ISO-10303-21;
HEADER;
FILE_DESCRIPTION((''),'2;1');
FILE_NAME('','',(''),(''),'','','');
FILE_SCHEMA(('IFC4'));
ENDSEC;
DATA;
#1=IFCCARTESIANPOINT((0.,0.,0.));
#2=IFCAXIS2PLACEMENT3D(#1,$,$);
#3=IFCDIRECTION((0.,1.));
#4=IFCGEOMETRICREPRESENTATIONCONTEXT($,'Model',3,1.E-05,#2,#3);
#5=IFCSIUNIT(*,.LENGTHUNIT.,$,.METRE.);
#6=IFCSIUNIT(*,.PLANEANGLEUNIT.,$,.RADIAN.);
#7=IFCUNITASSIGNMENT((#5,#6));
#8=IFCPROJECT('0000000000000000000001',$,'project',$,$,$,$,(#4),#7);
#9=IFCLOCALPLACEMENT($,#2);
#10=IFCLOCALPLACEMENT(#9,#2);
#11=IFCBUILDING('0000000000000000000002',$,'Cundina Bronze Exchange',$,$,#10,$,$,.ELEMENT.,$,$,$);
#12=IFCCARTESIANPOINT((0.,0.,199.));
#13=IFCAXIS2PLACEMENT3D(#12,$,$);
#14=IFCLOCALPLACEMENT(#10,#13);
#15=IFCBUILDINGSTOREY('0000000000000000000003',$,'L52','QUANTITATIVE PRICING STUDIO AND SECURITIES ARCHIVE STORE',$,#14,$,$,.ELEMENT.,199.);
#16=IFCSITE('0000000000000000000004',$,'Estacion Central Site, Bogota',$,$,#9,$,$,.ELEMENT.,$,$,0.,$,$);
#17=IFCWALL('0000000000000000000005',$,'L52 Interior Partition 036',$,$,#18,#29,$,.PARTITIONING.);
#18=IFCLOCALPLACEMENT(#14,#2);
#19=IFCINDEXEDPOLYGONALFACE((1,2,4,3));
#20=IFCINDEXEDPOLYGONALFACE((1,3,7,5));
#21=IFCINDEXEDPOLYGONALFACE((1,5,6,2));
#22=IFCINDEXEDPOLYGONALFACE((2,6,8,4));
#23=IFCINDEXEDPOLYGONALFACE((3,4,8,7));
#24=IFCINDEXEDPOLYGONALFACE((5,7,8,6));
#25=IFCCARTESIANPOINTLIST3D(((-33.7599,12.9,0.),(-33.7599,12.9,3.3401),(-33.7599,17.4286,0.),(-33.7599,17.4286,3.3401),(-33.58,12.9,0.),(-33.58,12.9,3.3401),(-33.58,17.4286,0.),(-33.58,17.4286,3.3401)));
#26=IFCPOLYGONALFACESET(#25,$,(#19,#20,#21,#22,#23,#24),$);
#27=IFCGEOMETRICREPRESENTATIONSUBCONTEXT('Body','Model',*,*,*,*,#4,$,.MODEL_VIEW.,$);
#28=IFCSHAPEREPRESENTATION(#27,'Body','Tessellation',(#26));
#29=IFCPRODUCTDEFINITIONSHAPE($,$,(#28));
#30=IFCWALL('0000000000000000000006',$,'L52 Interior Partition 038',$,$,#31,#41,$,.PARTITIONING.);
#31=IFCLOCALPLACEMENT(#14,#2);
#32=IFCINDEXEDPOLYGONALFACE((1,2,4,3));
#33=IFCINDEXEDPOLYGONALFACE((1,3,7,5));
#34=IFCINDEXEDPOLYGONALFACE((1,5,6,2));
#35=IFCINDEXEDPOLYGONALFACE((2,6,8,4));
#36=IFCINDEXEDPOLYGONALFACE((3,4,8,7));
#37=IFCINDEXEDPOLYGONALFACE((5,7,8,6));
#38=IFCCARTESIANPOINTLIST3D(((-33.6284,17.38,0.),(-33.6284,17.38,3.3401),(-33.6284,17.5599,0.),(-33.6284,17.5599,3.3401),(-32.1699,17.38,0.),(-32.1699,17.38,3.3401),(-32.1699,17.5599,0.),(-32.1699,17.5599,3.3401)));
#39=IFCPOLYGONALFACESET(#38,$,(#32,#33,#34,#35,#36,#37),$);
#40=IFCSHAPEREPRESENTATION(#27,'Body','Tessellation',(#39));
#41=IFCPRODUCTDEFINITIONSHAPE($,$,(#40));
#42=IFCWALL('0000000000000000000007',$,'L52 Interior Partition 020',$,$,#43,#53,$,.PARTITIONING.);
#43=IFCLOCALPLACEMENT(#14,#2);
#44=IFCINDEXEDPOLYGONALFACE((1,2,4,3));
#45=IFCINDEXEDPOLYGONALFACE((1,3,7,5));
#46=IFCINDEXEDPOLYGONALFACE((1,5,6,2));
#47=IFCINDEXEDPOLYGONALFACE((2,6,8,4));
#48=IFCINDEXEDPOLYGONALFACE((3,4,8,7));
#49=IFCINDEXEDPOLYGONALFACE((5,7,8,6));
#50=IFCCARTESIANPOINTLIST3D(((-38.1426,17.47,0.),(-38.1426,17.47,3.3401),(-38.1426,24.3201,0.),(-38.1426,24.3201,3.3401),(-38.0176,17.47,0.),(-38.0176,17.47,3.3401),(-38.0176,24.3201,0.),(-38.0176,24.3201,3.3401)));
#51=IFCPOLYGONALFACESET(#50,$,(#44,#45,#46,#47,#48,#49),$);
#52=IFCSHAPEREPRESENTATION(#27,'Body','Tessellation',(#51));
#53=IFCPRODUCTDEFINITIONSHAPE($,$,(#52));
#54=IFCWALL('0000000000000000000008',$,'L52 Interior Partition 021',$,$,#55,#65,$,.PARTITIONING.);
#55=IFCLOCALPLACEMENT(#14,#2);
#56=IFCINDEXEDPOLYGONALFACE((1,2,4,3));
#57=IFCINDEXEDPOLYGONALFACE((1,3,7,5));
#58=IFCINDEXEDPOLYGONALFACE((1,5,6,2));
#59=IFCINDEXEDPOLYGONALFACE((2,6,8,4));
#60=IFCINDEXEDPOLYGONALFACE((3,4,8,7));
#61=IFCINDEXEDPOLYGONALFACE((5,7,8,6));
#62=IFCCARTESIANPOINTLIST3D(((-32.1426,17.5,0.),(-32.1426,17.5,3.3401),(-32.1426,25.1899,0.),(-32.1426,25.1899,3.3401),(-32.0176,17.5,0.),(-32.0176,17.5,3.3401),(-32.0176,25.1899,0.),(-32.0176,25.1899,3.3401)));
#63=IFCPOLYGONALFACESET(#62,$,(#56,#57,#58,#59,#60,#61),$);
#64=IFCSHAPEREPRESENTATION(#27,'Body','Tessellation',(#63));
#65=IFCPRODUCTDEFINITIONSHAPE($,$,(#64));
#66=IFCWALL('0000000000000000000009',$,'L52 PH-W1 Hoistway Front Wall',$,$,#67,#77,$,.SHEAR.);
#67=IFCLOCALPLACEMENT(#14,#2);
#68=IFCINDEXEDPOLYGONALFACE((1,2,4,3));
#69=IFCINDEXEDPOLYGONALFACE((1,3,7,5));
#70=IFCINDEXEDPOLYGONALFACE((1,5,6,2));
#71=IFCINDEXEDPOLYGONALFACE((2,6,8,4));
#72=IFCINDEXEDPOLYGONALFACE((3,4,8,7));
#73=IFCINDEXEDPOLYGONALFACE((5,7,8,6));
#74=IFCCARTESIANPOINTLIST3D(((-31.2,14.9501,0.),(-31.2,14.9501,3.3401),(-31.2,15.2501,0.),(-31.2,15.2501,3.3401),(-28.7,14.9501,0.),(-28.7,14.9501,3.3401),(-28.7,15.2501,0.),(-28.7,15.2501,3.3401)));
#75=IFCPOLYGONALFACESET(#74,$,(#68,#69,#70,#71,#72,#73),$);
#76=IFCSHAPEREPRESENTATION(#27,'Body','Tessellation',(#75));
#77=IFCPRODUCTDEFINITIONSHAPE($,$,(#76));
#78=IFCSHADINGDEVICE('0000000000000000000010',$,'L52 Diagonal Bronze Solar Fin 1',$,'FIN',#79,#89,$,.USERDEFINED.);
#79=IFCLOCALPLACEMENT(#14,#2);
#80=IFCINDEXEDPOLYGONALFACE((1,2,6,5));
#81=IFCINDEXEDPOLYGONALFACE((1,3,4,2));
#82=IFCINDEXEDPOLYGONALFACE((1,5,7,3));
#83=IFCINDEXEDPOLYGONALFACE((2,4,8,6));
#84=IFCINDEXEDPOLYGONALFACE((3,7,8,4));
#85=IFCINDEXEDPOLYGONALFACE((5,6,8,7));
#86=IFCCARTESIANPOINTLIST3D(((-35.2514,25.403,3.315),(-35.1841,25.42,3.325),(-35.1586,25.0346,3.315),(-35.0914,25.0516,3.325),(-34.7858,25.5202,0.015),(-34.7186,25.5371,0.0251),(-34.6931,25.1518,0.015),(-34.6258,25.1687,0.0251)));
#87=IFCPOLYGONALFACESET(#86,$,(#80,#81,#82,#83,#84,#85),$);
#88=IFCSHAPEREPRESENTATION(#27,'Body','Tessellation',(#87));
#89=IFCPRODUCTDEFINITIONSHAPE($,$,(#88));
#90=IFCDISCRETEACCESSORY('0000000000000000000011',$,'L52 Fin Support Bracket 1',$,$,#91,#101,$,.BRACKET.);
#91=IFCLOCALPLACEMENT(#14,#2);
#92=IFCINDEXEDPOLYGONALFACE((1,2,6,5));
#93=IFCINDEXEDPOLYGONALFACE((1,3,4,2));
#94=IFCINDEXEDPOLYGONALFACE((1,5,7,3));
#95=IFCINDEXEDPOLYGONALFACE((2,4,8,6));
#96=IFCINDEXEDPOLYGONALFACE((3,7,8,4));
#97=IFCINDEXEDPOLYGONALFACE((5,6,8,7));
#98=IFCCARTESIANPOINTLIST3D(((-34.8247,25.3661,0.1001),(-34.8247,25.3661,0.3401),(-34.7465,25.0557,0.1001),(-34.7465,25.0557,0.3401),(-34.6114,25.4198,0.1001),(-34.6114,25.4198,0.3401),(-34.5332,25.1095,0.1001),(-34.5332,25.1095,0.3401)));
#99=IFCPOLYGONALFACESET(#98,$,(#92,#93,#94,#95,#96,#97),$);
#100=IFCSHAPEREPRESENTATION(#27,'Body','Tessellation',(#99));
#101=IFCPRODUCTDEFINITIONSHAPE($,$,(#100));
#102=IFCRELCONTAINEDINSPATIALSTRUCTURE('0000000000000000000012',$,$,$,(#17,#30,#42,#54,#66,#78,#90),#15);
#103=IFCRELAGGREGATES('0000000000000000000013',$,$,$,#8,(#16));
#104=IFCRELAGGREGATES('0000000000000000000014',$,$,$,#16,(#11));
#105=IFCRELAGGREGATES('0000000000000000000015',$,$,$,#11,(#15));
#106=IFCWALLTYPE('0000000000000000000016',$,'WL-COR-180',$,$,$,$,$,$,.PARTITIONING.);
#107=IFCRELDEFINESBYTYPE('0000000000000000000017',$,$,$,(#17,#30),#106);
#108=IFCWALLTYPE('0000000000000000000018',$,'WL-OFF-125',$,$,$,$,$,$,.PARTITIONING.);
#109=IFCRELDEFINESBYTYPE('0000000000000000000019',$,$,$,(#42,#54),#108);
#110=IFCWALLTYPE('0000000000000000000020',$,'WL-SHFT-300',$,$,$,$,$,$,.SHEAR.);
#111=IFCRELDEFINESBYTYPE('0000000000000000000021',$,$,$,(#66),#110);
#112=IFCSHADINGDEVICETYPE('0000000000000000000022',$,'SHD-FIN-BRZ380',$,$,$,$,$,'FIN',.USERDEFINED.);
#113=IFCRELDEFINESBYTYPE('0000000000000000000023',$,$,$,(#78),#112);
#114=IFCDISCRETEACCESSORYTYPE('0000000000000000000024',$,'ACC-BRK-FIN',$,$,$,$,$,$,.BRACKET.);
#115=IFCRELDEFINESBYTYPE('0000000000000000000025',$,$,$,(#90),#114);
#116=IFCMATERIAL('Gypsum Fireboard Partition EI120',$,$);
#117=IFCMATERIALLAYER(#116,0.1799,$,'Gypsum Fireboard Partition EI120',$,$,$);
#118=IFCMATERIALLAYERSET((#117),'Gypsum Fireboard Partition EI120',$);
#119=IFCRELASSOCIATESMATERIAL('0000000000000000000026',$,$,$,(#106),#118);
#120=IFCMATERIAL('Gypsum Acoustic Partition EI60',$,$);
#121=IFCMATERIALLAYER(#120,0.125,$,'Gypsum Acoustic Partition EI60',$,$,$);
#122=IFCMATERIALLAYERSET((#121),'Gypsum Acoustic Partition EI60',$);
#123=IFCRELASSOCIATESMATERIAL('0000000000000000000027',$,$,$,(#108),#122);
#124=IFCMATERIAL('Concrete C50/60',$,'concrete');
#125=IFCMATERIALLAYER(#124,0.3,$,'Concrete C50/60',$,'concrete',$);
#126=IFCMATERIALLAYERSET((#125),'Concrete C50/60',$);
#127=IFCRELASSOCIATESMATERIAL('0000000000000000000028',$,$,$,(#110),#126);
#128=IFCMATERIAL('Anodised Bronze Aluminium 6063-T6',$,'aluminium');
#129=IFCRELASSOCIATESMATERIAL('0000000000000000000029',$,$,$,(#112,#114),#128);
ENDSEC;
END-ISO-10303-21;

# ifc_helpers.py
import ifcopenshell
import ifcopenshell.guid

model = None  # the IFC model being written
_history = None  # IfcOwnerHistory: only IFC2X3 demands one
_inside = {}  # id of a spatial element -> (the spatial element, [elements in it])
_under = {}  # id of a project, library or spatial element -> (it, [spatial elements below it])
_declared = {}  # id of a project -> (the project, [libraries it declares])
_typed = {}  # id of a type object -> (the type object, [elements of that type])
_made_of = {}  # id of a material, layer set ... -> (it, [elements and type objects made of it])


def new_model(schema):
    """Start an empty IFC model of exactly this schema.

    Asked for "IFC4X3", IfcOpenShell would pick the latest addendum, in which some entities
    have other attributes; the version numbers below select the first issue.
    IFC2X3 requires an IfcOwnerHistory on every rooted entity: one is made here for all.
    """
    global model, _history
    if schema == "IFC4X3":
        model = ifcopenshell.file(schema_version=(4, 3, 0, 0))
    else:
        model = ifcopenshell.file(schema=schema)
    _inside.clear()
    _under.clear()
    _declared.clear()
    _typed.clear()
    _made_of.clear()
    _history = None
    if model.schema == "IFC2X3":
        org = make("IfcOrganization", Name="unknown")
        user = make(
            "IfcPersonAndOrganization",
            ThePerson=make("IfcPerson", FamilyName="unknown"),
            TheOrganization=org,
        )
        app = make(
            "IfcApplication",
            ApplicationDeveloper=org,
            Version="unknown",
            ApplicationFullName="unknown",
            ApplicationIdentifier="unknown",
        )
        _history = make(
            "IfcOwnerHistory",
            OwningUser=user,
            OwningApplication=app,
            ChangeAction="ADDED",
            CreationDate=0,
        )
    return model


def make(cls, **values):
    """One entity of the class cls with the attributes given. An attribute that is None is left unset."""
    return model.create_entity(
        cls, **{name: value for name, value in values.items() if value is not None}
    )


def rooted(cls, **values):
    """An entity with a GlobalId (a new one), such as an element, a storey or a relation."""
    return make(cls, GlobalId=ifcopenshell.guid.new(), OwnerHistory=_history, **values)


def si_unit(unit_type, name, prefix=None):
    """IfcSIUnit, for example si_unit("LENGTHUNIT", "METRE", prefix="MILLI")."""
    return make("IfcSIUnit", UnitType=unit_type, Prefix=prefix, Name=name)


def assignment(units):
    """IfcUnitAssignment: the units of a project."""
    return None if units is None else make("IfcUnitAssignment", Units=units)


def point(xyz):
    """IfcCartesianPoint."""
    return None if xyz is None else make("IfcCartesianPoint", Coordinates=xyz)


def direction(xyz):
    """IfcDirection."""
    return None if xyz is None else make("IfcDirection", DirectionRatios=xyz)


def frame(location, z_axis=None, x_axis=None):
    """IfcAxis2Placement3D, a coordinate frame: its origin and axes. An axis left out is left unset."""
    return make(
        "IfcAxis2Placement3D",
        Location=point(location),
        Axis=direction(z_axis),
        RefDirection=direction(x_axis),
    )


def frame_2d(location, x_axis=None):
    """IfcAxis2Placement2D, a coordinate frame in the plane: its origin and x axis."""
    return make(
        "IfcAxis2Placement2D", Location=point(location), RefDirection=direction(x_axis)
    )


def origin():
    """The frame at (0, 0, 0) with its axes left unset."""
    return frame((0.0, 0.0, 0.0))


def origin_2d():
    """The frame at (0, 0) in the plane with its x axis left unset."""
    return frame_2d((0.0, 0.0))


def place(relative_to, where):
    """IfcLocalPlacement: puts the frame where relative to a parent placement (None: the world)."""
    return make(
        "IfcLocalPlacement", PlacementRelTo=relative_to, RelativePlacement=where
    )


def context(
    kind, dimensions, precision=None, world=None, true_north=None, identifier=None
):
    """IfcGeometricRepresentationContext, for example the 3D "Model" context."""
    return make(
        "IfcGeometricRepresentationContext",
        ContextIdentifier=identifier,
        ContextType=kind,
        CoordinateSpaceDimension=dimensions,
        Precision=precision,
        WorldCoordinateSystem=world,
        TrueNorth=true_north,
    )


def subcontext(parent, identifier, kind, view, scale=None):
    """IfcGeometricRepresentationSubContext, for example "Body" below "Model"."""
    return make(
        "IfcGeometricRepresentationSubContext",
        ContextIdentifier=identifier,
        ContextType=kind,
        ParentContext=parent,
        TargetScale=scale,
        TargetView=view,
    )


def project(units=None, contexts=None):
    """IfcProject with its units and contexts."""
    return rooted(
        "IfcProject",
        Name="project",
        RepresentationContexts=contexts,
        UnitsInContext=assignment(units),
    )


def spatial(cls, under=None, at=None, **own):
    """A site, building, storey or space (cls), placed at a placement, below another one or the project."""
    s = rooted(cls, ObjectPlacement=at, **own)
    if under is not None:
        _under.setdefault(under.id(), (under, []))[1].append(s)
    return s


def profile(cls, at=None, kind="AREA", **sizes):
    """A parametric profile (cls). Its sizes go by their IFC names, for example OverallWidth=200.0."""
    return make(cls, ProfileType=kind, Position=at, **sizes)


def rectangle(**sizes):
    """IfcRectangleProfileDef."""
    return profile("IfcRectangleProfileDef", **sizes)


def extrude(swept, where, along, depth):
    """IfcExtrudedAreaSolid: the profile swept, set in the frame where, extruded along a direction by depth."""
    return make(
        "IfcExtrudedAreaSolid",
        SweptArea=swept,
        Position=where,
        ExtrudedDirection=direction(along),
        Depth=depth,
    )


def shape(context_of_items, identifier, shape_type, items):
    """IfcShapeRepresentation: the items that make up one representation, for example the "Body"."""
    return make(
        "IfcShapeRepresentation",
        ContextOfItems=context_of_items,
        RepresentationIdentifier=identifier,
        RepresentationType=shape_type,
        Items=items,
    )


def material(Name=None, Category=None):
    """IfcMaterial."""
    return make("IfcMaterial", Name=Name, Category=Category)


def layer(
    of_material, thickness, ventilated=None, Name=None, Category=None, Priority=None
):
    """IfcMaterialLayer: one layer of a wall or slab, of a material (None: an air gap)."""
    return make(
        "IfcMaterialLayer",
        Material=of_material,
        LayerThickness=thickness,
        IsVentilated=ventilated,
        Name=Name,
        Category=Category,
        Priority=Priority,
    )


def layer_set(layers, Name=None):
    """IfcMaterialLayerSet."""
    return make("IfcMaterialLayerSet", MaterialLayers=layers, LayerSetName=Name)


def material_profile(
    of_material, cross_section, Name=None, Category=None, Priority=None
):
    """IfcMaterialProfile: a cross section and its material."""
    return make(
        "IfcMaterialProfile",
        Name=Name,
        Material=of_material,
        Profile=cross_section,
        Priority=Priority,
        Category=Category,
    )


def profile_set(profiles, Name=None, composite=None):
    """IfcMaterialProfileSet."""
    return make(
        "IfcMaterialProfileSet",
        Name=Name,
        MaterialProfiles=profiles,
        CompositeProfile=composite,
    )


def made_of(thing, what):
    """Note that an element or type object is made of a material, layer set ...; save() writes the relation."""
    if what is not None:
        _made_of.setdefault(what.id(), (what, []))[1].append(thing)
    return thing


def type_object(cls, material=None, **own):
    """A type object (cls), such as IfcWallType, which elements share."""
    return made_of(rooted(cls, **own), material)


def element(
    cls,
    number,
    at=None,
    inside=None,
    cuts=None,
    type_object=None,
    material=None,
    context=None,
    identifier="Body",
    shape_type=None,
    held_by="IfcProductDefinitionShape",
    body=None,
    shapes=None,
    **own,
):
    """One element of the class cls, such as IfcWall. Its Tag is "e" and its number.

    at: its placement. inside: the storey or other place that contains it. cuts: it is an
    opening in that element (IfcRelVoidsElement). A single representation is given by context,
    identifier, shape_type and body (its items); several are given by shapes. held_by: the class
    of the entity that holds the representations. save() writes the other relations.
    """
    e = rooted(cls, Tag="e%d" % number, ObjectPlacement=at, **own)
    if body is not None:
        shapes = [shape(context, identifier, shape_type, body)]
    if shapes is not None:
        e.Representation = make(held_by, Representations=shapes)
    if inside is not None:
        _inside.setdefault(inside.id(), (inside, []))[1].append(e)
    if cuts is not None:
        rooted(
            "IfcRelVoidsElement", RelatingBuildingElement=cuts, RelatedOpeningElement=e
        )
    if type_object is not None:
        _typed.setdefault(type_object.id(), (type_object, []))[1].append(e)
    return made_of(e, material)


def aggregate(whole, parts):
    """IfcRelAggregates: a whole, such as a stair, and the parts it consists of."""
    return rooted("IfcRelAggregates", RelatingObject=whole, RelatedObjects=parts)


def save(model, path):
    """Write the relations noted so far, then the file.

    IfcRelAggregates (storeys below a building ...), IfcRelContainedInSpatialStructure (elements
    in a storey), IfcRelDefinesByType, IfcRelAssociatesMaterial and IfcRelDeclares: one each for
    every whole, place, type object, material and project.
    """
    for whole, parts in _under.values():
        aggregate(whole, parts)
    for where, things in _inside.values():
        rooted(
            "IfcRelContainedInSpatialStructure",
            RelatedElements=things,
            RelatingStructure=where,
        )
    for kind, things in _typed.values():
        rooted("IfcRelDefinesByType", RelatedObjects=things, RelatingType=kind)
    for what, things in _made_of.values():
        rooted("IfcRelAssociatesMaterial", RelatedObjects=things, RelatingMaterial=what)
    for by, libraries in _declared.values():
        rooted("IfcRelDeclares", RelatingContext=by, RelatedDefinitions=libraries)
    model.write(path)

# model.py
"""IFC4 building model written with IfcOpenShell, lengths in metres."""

from ifc_helpers import new_model, si_unit, direction, frame, frame_2d, origin, origin_2d, place, context, subcontext, project, spatial, rectangle, extrude, material, layer, layer_set, material_profile, profile_set, type_object, element, save


model = new_model("IFC4")

# Units and contexts
model_context = context("Model", 3, precision=1e-05, world=origin(), true_north=direction((0.0, 1.0)))
body_context = subcontext(model_context, "Body", "Model", "MODEL_VIEW")
ifc_project = project(units=[si_unit("LENGTHUNIT", "METRE"), si_unit("PLANEANGLEUNIT", "RADIAN")], contexts=[model_context])

# Site, building, storey
site_placement = place(None, origin())
site = spatial("IfcSite", under=ifc_project, at=site_placement, Name="Estacion Central Site, Bogota", CompositionType="ELEMENT", RefElevation=0.0)
building_placement = place(site_placement, origin())
building = spatial("IfcBuilding", under=site, at=building_placement, Name="Cundina Bronze Exchange", CompositionType="ELEMENT")
storey_placement = place(building_placement, frame((0.0, 0.0, 199.0)))
storey = spatial("IfcBuildingStorey", under=building, at=storey_placement, Name="L52", Description="QUANTITATIVE PRICING STUDIO AND SECURITIES ARCHIVE STORE", CompositionType="ELEMENT", Elevation=199.0)

# Shared definitions
ifc_material_1 = material(Name="Concrete C50/60", Category="concrete")

# Shared definitions
ifc_material_2 = material(Name="Anodised Bronze Aluminium 6063-T6", Category="aluminium")

# Walls
ifc_material_3 = material(Name="Gypsum Fireboard Partition EI120")
ifc_layer_1 = layer(ifc_material_3, 0.1799, Name="Gypsum Fireboard Partition EI120")
ifc_layer_set_1 = layer_set([ifc_layer_1], Name="Gypsum Fireboard Partition EI120")
wall_type_1 = type_object("IfcWallType", Name="WL-COR-180", PredefinedType="PARTITIONING", material=ifc_layer_set_1)
wall_1_placement = place(storey_placement, frame((-33.6699, 17.4285, 0.0), z_axis=(0.0, 0.0, 1.0), x_axis=(0.0, -1.0, 0.0)))
element("IfcWall", 1, at=wall_1_placement, inside=storey, type_object=wall_type_1, Name="L52 Interior Partition 036", PredefinedType="PARTITIONING", context=body_context, shape_type="SweptSolid", body=[
    extrude(rectangle(XDim=4.5286, YDim=0.1799, at=frame_2d((2.2642, 0.0))), origin(), (0.0, 0.0, 1.0), 3.3401),
])
wall_2_placement = place(storey_placement, frame((-32.1699, 17.47, 0.0), z_axis=(0.0, 0.0, 1.0), x_axis=(-1.0, 0.0, 0.0)))
element("IfcWall", 2, at=wall_2_placement, inside=storey, type_object=wall_type_1, Name="L52 Interior Partition 038", PredefinedType="PARTITIONING", context=body_context, shape_type="SweptSolid", body=[
    extrude(rectangle(XDim=1.4585, YDim=0.1799, at=frame_2d((0.7292, 0.0))), origin(), (0.0, 0.0, 1.0), 3.3401),
])
ifc_material_4 = material(Name="Gypsum Acoustic Partition EI60")
ifc_layer_2 = layer(ifc_material_4, 0.125, Name="Gypsum Acoustic Partition EI60")
ifc_layer_set_2 = layer_set([ifc_layer_2], Name="Gypsum Acoustic Partition EI60")
wall_type_2 = type_object("IfcWallType", Name="WL-OFF-125", PredefinedType="PARTITIONING", material=ifc_layer_set_2)
wall_3_placement = place(storey_placement, frame((-38.0801, 17.47, 0.0), z_axis=(0.0, 0.0, 1.0), x_axis=(0.0, 1.0, 0.0)))
element("IfcWall", 3, at=wall_3_placement, inside=storey, type_object=wall_type_2, Name="L52 Interior Partition 020", PredefinedType="PARTITIONING", context=body_context, shape_type="SweptSolid", body=[
    extrude(rectangle(XDim=6.8501, YDim=0.125, at=frame_2d((3.425, 0.0))), origin(), (0.0, 0.0, 1.0), 3.3401),
])
wall_4_placement = place(storey_placement, frame((-32.0801, 17.5, 0.0), z_axis=(0.0, 0.0, 1.0), x_axis=(0.0, 1.0, 0.0)))
element("IfcWall", 4, at=wall_4_placement, inside=storey, type_object=wall_type_2, Name="L52 Interior Partition 021", PredefinedType="PARTITIONING", context=body_context, shape_type="SweptSolid", body=[
    extrude(rectangle(XDim=7.6899, YDim=0.125, at=frame_2d((3.845, 0.0))), origin(), (0.0, 0.0, 1.0), 3.3401),
])
ifc_layer_3 = layer(ifc_material_1, 0.3, Name="Concrete C50/60", Category="concrete")
ifc_layer_set_3 = layer_set([ifc_layer_3], Name="Concrete C50/60")
wall_type_3 = type_object("IfcWallType", Name="WL-SHFT-300", PredefinedType="SHEAR", material=ifc_layer_set_3)
wall_5_placement = place(storey_placement, frame((-31.2, 15.1001, 0.0), z_axis=(0.0, 0.0, 1.0), x_axis=(1.0, 0.0, 0.0)))
element("IfcWall", 5, at=wall_5_placement, inside=storey, type_object=wall_type_3, Name="L52 PH-W1 Hoistway Front Wall", PredefinedType="SHEAR", context=body_context, shape_type="SweptSolid", body=[
    extrude(rectangle(XDim=2.5, YDim=0.3, at=frame_2d((1.25, 0.0))), origin(), (0.0, 0.0, 1.0), 3.3401),
])

# Shading device
ifc_material_profile_1 = material_profile(ifc_material_2, rectangle(XDim=0.0701, YDim=0.3799, at=origin_2d()), Name="FIN70X380", Category="aluminium")
ifc_profile_set_1 = profile_set([ifc_material_profile_1], Name="Anodised Bronze Aluminium 6063-T6")
shading_device_type = type_object("IfcShadingDeviceType", Name="SHD-FIN-BRZ380", ElementType="FIN", PredefinedType="USERDEFINED", material=ifc_profile_set_1)
shading_device_placement = place(storey_placement, frame((-34.7058, 25.3445, 0.02), z_axis=(-0.139612, -0.035141, 0.989583), x_axis=(0.95965, 0.241548, 0.143967)))
element("IfcShadingDevice", 6, at=shading_device_placement, inside=storey, type_object=shading_device_type, Name="L52 Diagonal Bronze Solar Fin 1", ObjectType="FIN", PredefinedType="USERDEFINED", context=body_context, shape_type="SweptSolid", body=[
    extrude(rectangle(XDim=0.0701, YDim=0.3799, at=origin_2d()), origin(), (0.0, 0.0, 1.0), 3.3347),
])

# Discrete accessory
discrete_accessory_type = type_object("IfcDiscreteAccessoryType", Name="ACC-BRK-FIN", PredefinedType="BRACKET", material=ifc_material_2)
discrete_accessory_placement = place(storey_placement, frame((-34.679, 25.2378, 0.1001), z_axis=(0.0, 0.0, 1.0), x_axis=(-0.969732, -0.244174, 0.0)))
element("IfcDiscreteAccessory", 7, at=discrete_accessory_placement, inside=storey, type_object=discrete_accessory_type, Name="L52 Fin Support Bracket 1", PredefinedType="BRACKET", context=body_context, shape_type="SweptSolid", body=[
    extrude(rectangle(XDim=0.22, YDim=0.3201, at=origin_2d()), origin(), (0.0, 0.0, 1.0), 0.24),
])

save(model, "model.ifc")
